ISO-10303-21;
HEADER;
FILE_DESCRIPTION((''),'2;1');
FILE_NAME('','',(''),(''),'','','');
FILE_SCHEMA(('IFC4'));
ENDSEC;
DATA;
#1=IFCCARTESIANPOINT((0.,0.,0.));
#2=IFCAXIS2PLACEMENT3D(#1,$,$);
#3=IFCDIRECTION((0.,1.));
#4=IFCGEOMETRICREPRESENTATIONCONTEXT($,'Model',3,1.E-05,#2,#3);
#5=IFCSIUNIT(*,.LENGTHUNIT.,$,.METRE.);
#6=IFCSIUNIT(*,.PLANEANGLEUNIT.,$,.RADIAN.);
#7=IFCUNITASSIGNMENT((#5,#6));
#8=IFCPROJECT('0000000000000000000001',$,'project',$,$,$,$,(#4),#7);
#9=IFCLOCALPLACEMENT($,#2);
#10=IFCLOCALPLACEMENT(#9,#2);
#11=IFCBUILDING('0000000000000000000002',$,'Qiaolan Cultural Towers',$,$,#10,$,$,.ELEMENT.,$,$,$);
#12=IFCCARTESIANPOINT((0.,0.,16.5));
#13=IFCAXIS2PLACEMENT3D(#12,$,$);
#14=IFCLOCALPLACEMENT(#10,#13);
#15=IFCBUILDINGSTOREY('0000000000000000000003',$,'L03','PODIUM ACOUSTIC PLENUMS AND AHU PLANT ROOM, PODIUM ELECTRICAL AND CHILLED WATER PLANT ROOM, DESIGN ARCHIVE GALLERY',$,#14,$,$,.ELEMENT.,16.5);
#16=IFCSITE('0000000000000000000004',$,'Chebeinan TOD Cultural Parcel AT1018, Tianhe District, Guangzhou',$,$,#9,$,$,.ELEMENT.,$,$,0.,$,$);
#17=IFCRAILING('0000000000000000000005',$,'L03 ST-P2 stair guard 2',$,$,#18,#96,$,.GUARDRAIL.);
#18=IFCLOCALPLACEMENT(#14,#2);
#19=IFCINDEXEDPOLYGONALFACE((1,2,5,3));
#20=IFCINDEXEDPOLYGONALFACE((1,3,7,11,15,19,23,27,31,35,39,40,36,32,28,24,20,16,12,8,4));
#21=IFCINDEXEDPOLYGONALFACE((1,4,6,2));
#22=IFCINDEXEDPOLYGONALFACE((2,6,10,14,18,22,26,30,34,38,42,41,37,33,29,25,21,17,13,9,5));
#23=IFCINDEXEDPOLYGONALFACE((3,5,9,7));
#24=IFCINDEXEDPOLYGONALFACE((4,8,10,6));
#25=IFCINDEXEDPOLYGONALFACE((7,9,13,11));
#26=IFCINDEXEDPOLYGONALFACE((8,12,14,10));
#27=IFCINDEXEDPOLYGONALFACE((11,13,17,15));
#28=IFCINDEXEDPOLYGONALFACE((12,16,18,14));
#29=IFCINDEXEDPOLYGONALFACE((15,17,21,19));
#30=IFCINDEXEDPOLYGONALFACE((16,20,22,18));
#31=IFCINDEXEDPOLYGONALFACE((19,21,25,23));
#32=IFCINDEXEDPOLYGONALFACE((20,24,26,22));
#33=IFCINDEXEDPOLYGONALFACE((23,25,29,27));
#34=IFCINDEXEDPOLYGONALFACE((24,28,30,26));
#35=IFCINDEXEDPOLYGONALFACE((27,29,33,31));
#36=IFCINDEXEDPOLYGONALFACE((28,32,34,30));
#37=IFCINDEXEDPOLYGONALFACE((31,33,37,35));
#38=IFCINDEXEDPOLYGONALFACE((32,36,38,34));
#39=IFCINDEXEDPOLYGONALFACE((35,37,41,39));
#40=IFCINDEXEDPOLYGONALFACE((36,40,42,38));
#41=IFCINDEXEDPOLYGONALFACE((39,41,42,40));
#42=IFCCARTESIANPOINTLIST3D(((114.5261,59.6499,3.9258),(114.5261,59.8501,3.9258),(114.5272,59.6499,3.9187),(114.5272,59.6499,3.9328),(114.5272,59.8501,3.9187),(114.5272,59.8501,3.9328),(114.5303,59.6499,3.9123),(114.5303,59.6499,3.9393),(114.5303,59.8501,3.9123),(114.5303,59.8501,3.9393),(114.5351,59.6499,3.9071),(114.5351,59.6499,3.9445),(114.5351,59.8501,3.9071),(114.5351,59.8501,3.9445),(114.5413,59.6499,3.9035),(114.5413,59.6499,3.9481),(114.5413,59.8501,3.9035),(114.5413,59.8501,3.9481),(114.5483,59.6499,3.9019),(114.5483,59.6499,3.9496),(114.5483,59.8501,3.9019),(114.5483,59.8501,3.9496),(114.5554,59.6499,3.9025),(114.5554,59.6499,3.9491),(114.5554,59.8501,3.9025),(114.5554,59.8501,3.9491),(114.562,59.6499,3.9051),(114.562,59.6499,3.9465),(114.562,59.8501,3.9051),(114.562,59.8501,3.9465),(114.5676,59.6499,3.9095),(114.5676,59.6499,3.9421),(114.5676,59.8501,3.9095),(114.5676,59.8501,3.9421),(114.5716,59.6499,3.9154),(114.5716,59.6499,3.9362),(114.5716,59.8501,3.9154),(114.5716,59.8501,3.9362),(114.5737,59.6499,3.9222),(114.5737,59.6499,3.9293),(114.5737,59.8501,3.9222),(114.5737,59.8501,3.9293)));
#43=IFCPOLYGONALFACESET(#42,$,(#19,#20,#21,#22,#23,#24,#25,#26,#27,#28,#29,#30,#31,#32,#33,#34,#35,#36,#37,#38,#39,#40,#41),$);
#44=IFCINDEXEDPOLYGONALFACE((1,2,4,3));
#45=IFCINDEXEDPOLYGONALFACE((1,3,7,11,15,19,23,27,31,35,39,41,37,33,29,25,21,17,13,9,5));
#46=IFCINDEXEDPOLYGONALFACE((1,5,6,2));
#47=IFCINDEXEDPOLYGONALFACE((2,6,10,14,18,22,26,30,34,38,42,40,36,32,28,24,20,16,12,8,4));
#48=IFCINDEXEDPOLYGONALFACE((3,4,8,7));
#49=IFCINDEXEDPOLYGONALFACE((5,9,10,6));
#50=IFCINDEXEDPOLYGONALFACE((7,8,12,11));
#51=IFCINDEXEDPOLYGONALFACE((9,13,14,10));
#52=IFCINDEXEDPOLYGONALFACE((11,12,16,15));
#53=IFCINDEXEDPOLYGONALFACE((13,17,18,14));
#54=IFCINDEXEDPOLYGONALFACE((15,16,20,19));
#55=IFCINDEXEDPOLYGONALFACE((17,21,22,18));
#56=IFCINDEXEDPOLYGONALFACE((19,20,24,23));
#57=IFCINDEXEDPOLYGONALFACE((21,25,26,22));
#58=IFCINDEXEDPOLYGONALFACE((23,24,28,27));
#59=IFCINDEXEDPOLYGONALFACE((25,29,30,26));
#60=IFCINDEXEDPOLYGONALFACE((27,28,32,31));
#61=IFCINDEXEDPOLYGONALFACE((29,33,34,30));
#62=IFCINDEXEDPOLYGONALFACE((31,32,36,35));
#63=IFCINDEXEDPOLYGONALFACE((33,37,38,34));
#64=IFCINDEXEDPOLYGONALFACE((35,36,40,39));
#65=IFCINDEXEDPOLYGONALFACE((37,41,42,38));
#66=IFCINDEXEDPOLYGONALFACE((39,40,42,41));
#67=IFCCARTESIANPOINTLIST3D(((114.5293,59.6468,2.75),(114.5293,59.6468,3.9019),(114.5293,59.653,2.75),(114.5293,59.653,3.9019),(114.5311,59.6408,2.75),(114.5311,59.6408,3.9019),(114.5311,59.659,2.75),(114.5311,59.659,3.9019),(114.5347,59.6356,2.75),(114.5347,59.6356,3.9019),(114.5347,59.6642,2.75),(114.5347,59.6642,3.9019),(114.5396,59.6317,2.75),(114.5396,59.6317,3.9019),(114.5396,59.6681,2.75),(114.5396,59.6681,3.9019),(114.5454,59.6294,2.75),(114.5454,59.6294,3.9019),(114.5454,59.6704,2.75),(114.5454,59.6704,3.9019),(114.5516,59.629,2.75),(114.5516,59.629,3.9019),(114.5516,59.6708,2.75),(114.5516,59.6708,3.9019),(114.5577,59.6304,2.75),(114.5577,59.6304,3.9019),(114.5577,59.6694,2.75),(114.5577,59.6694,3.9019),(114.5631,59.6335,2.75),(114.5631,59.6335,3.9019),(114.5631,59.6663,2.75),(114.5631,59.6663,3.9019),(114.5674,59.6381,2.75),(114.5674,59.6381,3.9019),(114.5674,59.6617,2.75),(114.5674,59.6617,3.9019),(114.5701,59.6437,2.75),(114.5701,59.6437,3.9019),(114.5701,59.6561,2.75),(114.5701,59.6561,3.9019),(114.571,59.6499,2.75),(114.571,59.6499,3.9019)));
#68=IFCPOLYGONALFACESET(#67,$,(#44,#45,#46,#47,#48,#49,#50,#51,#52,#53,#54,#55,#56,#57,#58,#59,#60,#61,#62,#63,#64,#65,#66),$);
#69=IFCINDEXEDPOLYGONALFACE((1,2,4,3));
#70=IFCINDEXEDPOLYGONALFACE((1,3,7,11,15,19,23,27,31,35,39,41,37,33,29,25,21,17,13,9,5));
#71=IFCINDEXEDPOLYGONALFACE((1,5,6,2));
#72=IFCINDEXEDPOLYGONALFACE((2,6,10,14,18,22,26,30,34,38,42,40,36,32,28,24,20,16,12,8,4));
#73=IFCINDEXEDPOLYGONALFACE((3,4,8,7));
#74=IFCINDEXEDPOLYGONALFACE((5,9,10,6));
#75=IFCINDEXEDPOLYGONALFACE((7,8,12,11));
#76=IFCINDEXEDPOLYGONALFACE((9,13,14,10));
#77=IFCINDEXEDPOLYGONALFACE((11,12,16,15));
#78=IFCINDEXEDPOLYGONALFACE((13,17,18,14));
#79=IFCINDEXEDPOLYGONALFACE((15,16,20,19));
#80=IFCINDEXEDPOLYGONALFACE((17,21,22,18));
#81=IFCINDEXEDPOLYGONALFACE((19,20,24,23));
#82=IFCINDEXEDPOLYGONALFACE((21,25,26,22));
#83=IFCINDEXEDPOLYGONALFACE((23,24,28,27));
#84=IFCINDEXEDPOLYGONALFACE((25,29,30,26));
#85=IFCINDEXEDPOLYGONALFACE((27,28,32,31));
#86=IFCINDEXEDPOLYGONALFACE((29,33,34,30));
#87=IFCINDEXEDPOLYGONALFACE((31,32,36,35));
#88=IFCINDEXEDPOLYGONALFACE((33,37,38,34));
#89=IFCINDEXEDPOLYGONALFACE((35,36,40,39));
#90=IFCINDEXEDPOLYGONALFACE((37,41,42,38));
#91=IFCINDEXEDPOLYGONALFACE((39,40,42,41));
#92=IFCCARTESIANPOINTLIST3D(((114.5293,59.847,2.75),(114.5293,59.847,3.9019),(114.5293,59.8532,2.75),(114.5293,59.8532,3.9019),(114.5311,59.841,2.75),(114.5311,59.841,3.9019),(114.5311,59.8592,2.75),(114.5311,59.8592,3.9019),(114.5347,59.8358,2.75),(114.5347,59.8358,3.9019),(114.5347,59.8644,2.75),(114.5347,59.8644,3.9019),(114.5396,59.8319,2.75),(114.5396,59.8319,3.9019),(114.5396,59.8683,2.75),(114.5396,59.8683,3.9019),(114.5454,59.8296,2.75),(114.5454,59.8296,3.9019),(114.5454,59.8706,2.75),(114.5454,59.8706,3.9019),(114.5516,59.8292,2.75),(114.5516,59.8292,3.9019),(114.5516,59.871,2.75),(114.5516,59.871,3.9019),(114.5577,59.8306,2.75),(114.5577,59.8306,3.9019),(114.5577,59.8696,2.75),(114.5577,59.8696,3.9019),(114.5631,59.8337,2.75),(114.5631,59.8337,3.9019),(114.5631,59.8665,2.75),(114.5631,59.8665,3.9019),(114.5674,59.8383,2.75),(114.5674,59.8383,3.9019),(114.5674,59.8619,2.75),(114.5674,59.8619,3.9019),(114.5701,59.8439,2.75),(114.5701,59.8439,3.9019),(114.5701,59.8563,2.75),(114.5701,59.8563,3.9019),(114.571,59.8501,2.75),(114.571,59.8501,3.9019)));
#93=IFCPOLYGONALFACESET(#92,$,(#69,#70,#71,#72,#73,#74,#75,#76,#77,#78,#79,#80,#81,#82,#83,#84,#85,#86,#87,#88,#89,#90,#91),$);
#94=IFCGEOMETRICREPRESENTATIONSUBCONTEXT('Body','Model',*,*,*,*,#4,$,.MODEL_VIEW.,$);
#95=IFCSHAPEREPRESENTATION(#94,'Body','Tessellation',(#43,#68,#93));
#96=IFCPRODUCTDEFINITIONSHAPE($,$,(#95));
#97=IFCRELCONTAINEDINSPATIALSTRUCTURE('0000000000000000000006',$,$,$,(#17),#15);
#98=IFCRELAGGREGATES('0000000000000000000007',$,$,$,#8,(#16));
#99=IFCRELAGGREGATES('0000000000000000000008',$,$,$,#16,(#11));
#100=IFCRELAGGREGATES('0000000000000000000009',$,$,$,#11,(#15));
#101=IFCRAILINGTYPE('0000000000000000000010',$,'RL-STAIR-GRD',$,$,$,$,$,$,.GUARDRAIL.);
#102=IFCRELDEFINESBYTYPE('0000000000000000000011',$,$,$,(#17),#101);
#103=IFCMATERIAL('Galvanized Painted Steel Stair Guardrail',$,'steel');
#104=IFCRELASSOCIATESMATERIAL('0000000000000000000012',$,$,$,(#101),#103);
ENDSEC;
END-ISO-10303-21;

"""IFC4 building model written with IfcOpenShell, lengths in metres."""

from ifc_helpers import new_model, si_unit, direction, frame, origin, origin_2d, place, context, subcontext, project, spatial, circle, extrude, material, type_object, element, save


model = new_model("IFC4")

# Units and contexts
model_context = context("Model", 3, precision=1e-05, world=origin(), true_north=direction((0.0, 1.0)))
body_context = subcontext(model_context, "Body", "Model", "MODEL_VIEW")
ifc_project = project(units=[si_unit("LENGTHUNIT", "METRE"), si_unit("PLANEANGLEUNIT", "RADIAN")], contexts=[model_context])

# Site, building, storey
site_placement = place(None, origin())
site = spatial("IfcSite", under=ifc_project, at=site_placement, Name="Chebeinan TOD Cultural Parcel AT1018, Tianhe District, Guangzhou", CompositionType="ELEMENT", RefElevation=0.0)
building_placement = place(site_placement, origin())
building = spatial("IfcBuilding", under=site, at=building_placement, Name="Qiaolan Cultural Towers", CompositionType="ELEMENT")
storey_placement = place(building_placement, frame((0.0, 0.0, 16.5)))
storey = spatial("IfcBuildingStorey", under=building, at=storey_placement, Name="L03", Description="PODIUM ACOUSTIC PLENUMS AND AHU PLANT ROOM, PODIUM ELECTRICAL AND CHILLED WATER PLANT ROOM, DESIGN ARCHIVE GALLERY", CompositionType="ELEMENT", Elevation=16.5)

# Railing
ifc_material_1 = material(Name="Galvanized Painted Steel Stair Guardrail", Category="steel")
railing_type_1 = type_object("IfcRailingType", Name="RL-STAIR-GRD", PredefinedType="GUARDRAIL", material=ifc_material_1)
railing_1_placement = place(storey_placement, frame((114.55, 59.6499, 2.75)))
element("IfcRailing", 1, at=railing_1_placement, inside=storey, type_object=railing_type_1, Name="L03 ST-P2 stair guard 2", PredefinedType="GUARDRAIL", context=body_context, shape_type="SweptSolid", body=[
    extrude(circle(Radius=0.0239, at=origin_2d()), frame((0.0, 0.0, 1.1758), z_axis=(0.0, 1.0, 0.0), x_axis=(-1.0, 0.0, 0.0)), (0.0, 0.0, 1.0), 0.2002),
    extrude(circle(Radius=0.021, at=origin_2d()), origin(), (0.0, 0.0, 1.0), 1.1519),
    extrude(circle(Radius=0.021, at=origin_2d()), frame((0.0, 0.2002, 0.0)), (0.0, 0.0, 1.0), 1.1519),
])

save(model, "model.ifc")
